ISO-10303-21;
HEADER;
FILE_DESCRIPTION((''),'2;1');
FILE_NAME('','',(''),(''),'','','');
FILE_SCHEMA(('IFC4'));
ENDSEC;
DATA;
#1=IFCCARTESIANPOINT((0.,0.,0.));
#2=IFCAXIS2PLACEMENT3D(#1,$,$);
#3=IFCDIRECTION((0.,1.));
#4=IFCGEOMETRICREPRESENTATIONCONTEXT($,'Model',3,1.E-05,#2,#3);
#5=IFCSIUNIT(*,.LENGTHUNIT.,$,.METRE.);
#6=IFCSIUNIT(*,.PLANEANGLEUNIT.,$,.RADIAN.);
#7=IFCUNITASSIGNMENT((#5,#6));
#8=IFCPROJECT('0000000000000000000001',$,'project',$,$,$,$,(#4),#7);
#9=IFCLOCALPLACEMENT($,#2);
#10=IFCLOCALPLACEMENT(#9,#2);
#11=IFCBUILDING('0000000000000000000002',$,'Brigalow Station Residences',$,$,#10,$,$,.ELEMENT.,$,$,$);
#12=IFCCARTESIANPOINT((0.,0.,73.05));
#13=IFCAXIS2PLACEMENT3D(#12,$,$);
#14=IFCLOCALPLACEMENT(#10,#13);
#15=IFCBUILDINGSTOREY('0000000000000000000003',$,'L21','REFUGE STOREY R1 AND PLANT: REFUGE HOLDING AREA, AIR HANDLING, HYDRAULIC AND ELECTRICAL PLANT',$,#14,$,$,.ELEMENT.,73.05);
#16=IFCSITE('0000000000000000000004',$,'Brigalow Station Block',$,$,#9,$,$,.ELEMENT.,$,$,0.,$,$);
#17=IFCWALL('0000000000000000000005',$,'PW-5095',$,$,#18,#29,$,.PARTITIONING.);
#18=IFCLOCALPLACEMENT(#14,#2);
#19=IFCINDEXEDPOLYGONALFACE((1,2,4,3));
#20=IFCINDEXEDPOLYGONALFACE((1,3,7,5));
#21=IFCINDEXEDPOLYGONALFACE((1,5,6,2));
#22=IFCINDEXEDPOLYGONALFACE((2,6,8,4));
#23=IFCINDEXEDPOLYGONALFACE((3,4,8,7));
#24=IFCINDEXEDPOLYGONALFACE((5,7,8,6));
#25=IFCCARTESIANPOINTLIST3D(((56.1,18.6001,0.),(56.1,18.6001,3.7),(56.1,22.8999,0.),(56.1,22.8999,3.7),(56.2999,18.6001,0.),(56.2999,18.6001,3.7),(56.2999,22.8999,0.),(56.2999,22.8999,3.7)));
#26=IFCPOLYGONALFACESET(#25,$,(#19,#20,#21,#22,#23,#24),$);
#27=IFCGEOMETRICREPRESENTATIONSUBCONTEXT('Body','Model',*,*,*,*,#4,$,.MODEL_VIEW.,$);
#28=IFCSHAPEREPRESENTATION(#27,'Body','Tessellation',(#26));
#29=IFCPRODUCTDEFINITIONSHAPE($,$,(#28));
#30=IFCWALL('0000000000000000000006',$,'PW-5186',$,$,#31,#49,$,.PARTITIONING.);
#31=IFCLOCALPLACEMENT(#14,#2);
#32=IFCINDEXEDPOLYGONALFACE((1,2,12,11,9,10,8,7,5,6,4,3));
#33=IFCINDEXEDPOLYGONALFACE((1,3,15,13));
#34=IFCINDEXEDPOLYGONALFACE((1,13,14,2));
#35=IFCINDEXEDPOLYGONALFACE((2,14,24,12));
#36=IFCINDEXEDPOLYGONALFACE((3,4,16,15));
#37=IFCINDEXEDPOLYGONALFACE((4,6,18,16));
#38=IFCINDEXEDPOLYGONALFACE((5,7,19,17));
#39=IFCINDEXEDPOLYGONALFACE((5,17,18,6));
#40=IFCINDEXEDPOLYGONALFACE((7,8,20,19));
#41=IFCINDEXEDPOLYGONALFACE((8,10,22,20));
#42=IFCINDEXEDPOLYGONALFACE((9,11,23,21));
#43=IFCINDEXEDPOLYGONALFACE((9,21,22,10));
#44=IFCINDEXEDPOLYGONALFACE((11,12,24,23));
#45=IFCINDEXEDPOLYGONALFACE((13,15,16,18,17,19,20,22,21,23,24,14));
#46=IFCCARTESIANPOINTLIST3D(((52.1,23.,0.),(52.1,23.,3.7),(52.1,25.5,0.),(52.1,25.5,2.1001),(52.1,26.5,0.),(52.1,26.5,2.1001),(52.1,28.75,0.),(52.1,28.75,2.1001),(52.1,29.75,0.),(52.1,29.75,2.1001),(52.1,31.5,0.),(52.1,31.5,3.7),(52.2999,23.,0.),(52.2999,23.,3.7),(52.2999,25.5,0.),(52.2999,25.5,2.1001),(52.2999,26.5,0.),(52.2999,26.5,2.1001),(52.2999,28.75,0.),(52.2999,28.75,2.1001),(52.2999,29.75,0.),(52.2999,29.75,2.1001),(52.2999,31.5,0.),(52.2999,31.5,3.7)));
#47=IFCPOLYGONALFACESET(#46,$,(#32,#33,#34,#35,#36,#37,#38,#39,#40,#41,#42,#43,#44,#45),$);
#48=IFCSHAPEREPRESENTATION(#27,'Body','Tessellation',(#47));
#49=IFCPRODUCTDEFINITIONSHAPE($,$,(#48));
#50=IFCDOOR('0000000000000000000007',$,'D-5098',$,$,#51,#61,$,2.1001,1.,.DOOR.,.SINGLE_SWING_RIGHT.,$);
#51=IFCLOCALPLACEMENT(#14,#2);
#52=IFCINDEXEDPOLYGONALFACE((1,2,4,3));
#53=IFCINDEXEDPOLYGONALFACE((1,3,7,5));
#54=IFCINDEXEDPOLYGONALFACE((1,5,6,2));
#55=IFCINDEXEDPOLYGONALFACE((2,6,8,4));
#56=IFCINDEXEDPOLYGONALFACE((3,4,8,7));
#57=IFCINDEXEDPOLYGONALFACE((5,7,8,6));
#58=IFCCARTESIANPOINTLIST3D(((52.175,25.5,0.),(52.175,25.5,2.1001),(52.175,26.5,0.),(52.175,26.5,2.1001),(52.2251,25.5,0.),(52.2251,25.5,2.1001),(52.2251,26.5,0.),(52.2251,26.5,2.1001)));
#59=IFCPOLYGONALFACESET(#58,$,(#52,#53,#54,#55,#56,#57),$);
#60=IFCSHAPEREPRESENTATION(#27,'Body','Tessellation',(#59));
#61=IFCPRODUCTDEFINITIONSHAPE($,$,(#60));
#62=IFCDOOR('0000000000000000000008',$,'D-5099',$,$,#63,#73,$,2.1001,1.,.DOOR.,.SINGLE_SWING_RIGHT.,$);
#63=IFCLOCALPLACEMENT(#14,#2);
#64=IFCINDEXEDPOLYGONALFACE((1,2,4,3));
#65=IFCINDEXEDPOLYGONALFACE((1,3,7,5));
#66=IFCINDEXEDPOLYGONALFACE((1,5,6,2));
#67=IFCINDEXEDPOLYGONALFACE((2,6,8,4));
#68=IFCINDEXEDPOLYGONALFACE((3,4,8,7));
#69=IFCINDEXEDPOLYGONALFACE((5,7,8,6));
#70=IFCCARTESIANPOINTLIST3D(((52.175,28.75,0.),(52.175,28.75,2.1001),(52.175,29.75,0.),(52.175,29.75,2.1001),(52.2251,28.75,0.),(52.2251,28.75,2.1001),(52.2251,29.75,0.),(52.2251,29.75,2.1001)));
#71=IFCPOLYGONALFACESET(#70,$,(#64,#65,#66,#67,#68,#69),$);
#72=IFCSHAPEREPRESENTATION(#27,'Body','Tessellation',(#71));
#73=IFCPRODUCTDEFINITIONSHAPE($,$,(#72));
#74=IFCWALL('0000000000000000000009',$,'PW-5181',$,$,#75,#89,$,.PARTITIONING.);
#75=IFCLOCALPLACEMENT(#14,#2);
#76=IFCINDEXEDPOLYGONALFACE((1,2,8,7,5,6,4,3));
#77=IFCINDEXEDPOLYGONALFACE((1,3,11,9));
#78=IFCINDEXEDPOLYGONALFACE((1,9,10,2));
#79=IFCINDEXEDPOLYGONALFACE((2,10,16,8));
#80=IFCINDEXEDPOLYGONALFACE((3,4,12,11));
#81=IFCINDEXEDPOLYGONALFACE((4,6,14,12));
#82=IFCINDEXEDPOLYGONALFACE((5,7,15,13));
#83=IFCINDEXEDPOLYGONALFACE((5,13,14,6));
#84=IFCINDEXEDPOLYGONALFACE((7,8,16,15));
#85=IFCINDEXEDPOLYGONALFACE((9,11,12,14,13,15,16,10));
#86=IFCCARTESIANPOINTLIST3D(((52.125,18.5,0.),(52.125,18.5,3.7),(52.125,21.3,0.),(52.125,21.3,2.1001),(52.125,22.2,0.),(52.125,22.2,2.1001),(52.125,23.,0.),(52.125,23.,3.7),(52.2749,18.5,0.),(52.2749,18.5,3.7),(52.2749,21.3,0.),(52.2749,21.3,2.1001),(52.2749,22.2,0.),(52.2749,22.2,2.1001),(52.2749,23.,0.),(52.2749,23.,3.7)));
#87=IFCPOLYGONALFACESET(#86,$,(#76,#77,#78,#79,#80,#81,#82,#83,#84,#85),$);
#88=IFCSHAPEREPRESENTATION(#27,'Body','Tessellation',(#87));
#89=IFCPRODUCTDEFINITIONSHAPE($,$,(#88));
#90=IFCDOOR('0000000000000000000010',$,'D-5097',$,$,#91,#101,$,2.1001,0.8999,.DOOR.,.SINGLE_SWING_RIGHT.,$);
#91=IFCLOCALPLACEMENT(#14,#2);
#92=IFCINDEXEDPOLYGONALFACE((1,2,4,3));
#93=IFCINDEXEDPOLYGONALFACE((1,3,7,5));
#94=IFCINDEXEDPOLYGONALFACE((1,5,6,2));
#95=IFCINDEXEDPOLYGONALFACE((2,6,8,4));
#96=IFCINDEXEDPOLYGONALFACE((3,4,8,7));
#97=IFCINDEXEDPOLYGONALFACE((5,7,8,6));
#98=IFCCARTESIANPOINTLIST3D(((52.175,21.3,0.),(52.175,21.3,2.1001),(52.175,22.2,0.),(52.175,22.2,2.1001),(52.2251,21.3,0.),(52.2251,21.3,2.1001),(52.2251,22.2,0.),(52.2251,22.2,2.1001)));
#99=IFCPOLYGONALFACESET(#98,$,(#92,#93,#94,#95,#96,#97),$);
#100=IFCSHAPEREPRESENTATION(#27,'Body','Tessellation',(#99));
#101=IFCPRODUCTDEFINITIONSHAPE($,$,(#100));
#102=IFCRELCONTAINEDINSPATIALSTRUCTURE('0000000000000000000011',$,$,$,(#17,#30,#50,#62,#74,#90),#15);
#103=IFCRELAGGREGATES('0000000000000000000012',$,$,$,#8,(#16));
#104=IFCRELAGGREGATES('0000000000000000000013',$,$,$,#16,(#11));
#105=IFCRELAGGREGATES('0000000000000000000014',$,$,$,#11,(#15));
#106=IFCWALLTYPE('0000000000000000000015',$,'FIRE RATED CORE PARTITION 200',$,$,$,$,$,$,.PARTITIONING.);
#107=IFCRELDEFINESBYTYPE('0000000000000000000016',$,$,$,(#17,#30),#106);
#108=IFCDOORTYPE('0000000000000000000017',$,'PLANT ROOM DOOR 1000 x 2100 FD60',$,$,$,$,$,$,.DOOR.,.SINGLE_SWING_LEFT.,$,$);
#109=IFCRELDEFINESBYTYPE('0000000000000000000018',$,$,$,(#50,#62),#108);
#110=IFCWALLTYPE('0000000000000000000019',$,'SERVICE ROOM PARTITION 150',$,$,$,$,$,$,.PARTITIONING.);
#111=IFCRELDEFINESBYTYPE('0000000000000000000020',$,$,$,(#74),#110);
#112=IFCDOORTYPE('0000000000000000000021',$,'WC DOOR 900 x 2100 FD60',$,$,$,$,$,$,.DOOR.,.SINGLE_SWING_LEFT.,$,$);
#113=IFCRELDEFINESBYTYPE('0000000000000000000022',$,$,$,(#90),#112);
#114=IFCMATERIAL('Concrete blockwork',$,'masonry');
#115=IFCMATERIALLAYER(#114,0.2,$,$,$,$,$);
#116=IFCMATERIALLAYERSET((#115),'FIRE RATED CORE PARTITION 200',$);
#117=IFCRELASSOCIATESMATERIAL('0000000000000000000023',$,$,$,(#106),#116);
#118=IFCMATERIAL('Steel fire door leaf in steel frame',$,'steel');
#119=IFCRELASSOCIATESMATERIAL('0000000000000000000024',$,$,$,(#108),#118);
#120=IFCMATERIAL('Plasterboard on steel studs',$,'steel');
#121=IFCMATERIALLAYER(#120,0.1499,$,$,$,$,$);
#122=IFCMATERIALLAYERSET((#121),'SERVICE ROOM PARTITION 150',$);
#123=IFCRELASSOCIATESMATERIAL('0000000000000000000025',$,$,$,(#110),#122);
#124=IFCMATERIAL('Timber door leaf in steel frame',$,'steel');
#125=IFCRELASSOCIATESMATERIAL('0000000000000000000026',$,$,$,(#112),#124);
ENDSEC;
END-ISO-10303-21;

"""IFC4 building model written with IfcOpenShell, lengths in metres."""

from ifc_helpers import new_model, si_unit, direction, frame, frame_2d, origin, place, context, subcontext, project, spatial, rectangle, extrude, material, layer, layer_set, type_object, element, fill, save


model = new_model("IFC4")

# Units and contexts
model_context = context("Model", 3, precision=1e-05, world=origin(), true_north=direction((0.0, 1.0)))
body_context = subcontext(model_context, "Body", "Model", "MODEL_VIEW")
ifc_project = project(units=[si_unit("LENGTHUNIT", "METRE"), si_unit("PLANEANGLEUNIT", "RADIAN")], contexts=[model_context])

# Site, building, storey
site_placement = place(None, origin())
site = spatial("IfcSite", under=ifc_project, at=site_placement, Name="Brigalow Station Block", CompositionType="ELEMENT", RefElevation=0.0)
building_placement = place(site_placement, origin())
building = spatial("IfcBuilding", under=site, at=building_placement, Name="Brigalow Station Residences", CompositionType="ELEMENT")
storey_placement = place(building_placement, frame((0.0, 0.0, 73.05)))
storey = spatial("IfcBuildingStorey", under=building, at=storey_placement, Name="L21", Description="REFUGE STOREY R1 AND PLANT: REFUGE HOLDING AREA, AIR HANDLING, HYDRAULIC AND ELECTRICAL PLANT", CompositionType="ELEMENT", Elevation=73.05)

# Shared definitions
ifc_material_1 = material(Name="Concrete blockwork", Category="masonry")
ifc_layer_1 = layer(ifc_material_1, 0.2)
ifc_layer_set_1 = layer_set([ifc_layer_1], Name="FIRE RATED CORE PARTITION 200")
wall_type_1 = type_object("IfcWallType", Name="FIRE RATED CORE PARTITION 200", PredefinedType="PARTITIONING", material=ifc_layer_set_1)

# Wall
wall_1_placement = place(storey_placement, frame((56.2, 18.6001, 0.0), z_axis=(0.0, 0.0, 1.0), x_axis=(0.0, 1.0, 0.0)))
element("IfcWall", 1, at=wall_1_placement, inside=storey, type_object=wall_type_1, Name="PW-5095", PredefinedType="PARTITIONING", context=body_context, shape_type="SweptSolid", body=[
    extrude(rectangle(XDim=4.2998, YDim=0.2, at=frame_2d((2.1499, 0.0))), origin(), (0.0, 0.0, 1.0), 3.7),
])

# Wall, openings, doors
wall_2_placement = place(storey_placement, frame((52.2, 23.0, 0.0), z_axis=(0.0, 0.0, 1.0), x_axis=(0.0, 1.0, 0.0)))
wall_2 = element("IfcWall", 2, at=wall_2_placement, inside=storey, type_object=wall_type_1, Name="PW-5186", PredefinedType="PARTITIONING", context=body_context, shape_type="SweptSolid", body=[
    extrude(rectangle(XDim=8.5, YDim=0.2, at=frame_2d((4.25, 0.0))), origin(), (0.0, 0.0, 1.0), 3.7),
])
opening_1_placement = place(wall_2_placement, frame((2.5, 0.0, 0.0)))
opening_1 = element("IfcOpeningElement", 3, at=opening_1_placement, cuts=wall_2, PredefinedType="OPENING", context=body_context, shape_type="SweptSolid", body=[
    extrude(rectangle(XDim=1.0, YDim=2.1001, at=frame_2d((0.5, 1.05))), frame((0.0, 0.1099, 0.0), z_axis=(0.0, -1.0, 0.0), x_axis=(1.0, 0.0, 0.0)), (0.0, 0.0, 1.0), 0.22),
])
opening_2_placement = place(wall_2_placement, frame((5.75, 0.0, 0.0)))
opening_2 = element("IfcOpeningElement", 4, at=opening_2_placement, cuts=wall_2, PredefinedType="OPENING", context=body_context, shape_type="SweptSolid", body=[
    extrude(rectangle(XDim=1.0, YDim=2.1001, at=frame_2d((0.5, 1.05))), frame((0.0, 0.1099, 0.0), z_axis=(0.0, -1.0, 0.0), x_axis=(1.0, 0.0, 0.0)), (0.0, 0.0, 1.0), 0.22),
])
ifc_material_2 = material(Name="Steel fire door leaf in steel frame", Category="steel")
door_type_1 = type_object("IfcDoorType", Name="PLANT ROOM DOOR 1000 x 2100 FD60", OperationType="SINGLE_SWING_LEFT", PredefinedType="DOOR", material=ifc_material_2)
door_1_placement = place(opening_1_placement, origin())
door_1 = element("IfcDoor", 5, at=door_1_placement, inside=storey, type_object=door_type_1, Name="D-5098", OperationType="SINGLE_SWING_RIGHT", OverallHeight=2.1001, OverallWidth=1.0, PredefinedType="DOOR", context=body_context, shape_type="SweptSolid", body=[
    extrude(rectangle(XDim=1.0, YDim=2.1001, at=frame_2d((0.5, 1.05))), frame((0.0, 0.0249, 0.0), z_axis=(0.0, -1.0, 0.0), x_axis=(1.0, 0.0, 0.0)), (0.0, 0.0, 1.0), 0.05),
])
fill(opening_1, door_1)
door_2_placement = place(opening_2_placement, origin())
door_2 = element("IfcDoor", 6, at=door_2_placement, inside=storey, type_object=door_type_1, Name="D-5099", OperationType="SINGLE_SWING_RIGHT", OverallHeight=2.1001, OverallWidth=1.0, PredefinedType="DOOR", context=body_context, shape_type="SweptSolid", body=[
    extrude(rectangle(XDim=1.0, YDim=2.1001, at=frame_2d((0.5, 1.05))), frame((0.0, 0.0249, 0.0), z_axis=(0.0, -1.0, 0.0), x_axis=(1.0, 0.0, 0.0)), (0.0, 0.0, 1.0), 0.05),
])
fill(opening_2, door_2)

# Wall, opening, door
ifc_material_3 = material(Name="Plasterboard on steel studs", Category="steel")
ifc_layer_2 = layer(ifc_material_3, 0.1499)
ifc_layer_set_2 = layer_set([ifc_layer_2], Name="SERVICE ROOM PARTITION 150")
wall_type_2 = type_object("IfcWallType", Name="SERVICE ROOM PARTITION 150", PredefinedType="PARTITIONING", material=ifc_layer_set_2)
wall_3_placement = place(storey_placement, frame((52.2, 18.5, 0.0), z_axis=(0.0, 0.0, 1.0), x_axis=(0.0, 1.0, 0.0)))
wall_3 = element("IfcWall", 7, at=wall_3_placement, inside=storey, type_object=wall_type_2, Name="PW-5181", PredefinedType="PARTITIONING", context=body_context, shape_type="SweptSolid", body=[
    extrude(rectangle(XDim=4.5, YDim=0.1499, at=frame_2d((2.25, 0.0))), origin(), (0.0, 0.0, 1.0), 3.7),
])
opening_3_placement = place(wall_3_placement, frame((2.8, 0.0, 0.0)))
opening_3 = element("IfcOpeningElement", 8, at=opening_3_placement, cuts=wall_3, PredefinedType="OPENING", context=body_context, shape_type="SweptSolid", body=[
    extrude(rectangle(XDim=0.8999, YDim=2.1001, at=frame_2d((0.45, 1.05))), frame((0.0, 0.085, 0.0), z_axis=(0.0, -1.0, 0.0), x_axis=(1.0, 0.0, 0.0)), (0.0, 0.0, 1.0), 0.1699),
])
ifc_material_4 = material(Name="Timber door leaf in steel frame", Category="steel")
door_type_2 = type_object("IfcDoorType", Name="WC DOOR 900 x 2100 FD60", OperationType="SINGLE_SWING_LEFT", PredefinedType="DOOR", material=ifc_material_4)
door_3_placement = place(opening_3_placement, origin())
door_3 = element("IfcDoor", 9, at=door_3_placement, inside=storey, type_object=door_type_2, Name="D-5097", OperationType="SINGLE_SWING_RIGHT", OverallHeight=2.1001, OverallWidth=0.8999, PredefinedType="DOOR", context=body_context, shape_type="SweptSolid", body=[
    extrude(rectangle(XDim=0.8999, YDim=2.1001, at=frame_2d((0.45, 1.05))), frame((0.0, 0.0249, 0.0), z_axis=(0.0, -1.0, 0.0), x_axis=(1.0, 0.0, 0.0)), (0.0, 0.0, 1.0), 0.05),
])
fill(opening_3, door_3)

save(model, "model.ifc")
